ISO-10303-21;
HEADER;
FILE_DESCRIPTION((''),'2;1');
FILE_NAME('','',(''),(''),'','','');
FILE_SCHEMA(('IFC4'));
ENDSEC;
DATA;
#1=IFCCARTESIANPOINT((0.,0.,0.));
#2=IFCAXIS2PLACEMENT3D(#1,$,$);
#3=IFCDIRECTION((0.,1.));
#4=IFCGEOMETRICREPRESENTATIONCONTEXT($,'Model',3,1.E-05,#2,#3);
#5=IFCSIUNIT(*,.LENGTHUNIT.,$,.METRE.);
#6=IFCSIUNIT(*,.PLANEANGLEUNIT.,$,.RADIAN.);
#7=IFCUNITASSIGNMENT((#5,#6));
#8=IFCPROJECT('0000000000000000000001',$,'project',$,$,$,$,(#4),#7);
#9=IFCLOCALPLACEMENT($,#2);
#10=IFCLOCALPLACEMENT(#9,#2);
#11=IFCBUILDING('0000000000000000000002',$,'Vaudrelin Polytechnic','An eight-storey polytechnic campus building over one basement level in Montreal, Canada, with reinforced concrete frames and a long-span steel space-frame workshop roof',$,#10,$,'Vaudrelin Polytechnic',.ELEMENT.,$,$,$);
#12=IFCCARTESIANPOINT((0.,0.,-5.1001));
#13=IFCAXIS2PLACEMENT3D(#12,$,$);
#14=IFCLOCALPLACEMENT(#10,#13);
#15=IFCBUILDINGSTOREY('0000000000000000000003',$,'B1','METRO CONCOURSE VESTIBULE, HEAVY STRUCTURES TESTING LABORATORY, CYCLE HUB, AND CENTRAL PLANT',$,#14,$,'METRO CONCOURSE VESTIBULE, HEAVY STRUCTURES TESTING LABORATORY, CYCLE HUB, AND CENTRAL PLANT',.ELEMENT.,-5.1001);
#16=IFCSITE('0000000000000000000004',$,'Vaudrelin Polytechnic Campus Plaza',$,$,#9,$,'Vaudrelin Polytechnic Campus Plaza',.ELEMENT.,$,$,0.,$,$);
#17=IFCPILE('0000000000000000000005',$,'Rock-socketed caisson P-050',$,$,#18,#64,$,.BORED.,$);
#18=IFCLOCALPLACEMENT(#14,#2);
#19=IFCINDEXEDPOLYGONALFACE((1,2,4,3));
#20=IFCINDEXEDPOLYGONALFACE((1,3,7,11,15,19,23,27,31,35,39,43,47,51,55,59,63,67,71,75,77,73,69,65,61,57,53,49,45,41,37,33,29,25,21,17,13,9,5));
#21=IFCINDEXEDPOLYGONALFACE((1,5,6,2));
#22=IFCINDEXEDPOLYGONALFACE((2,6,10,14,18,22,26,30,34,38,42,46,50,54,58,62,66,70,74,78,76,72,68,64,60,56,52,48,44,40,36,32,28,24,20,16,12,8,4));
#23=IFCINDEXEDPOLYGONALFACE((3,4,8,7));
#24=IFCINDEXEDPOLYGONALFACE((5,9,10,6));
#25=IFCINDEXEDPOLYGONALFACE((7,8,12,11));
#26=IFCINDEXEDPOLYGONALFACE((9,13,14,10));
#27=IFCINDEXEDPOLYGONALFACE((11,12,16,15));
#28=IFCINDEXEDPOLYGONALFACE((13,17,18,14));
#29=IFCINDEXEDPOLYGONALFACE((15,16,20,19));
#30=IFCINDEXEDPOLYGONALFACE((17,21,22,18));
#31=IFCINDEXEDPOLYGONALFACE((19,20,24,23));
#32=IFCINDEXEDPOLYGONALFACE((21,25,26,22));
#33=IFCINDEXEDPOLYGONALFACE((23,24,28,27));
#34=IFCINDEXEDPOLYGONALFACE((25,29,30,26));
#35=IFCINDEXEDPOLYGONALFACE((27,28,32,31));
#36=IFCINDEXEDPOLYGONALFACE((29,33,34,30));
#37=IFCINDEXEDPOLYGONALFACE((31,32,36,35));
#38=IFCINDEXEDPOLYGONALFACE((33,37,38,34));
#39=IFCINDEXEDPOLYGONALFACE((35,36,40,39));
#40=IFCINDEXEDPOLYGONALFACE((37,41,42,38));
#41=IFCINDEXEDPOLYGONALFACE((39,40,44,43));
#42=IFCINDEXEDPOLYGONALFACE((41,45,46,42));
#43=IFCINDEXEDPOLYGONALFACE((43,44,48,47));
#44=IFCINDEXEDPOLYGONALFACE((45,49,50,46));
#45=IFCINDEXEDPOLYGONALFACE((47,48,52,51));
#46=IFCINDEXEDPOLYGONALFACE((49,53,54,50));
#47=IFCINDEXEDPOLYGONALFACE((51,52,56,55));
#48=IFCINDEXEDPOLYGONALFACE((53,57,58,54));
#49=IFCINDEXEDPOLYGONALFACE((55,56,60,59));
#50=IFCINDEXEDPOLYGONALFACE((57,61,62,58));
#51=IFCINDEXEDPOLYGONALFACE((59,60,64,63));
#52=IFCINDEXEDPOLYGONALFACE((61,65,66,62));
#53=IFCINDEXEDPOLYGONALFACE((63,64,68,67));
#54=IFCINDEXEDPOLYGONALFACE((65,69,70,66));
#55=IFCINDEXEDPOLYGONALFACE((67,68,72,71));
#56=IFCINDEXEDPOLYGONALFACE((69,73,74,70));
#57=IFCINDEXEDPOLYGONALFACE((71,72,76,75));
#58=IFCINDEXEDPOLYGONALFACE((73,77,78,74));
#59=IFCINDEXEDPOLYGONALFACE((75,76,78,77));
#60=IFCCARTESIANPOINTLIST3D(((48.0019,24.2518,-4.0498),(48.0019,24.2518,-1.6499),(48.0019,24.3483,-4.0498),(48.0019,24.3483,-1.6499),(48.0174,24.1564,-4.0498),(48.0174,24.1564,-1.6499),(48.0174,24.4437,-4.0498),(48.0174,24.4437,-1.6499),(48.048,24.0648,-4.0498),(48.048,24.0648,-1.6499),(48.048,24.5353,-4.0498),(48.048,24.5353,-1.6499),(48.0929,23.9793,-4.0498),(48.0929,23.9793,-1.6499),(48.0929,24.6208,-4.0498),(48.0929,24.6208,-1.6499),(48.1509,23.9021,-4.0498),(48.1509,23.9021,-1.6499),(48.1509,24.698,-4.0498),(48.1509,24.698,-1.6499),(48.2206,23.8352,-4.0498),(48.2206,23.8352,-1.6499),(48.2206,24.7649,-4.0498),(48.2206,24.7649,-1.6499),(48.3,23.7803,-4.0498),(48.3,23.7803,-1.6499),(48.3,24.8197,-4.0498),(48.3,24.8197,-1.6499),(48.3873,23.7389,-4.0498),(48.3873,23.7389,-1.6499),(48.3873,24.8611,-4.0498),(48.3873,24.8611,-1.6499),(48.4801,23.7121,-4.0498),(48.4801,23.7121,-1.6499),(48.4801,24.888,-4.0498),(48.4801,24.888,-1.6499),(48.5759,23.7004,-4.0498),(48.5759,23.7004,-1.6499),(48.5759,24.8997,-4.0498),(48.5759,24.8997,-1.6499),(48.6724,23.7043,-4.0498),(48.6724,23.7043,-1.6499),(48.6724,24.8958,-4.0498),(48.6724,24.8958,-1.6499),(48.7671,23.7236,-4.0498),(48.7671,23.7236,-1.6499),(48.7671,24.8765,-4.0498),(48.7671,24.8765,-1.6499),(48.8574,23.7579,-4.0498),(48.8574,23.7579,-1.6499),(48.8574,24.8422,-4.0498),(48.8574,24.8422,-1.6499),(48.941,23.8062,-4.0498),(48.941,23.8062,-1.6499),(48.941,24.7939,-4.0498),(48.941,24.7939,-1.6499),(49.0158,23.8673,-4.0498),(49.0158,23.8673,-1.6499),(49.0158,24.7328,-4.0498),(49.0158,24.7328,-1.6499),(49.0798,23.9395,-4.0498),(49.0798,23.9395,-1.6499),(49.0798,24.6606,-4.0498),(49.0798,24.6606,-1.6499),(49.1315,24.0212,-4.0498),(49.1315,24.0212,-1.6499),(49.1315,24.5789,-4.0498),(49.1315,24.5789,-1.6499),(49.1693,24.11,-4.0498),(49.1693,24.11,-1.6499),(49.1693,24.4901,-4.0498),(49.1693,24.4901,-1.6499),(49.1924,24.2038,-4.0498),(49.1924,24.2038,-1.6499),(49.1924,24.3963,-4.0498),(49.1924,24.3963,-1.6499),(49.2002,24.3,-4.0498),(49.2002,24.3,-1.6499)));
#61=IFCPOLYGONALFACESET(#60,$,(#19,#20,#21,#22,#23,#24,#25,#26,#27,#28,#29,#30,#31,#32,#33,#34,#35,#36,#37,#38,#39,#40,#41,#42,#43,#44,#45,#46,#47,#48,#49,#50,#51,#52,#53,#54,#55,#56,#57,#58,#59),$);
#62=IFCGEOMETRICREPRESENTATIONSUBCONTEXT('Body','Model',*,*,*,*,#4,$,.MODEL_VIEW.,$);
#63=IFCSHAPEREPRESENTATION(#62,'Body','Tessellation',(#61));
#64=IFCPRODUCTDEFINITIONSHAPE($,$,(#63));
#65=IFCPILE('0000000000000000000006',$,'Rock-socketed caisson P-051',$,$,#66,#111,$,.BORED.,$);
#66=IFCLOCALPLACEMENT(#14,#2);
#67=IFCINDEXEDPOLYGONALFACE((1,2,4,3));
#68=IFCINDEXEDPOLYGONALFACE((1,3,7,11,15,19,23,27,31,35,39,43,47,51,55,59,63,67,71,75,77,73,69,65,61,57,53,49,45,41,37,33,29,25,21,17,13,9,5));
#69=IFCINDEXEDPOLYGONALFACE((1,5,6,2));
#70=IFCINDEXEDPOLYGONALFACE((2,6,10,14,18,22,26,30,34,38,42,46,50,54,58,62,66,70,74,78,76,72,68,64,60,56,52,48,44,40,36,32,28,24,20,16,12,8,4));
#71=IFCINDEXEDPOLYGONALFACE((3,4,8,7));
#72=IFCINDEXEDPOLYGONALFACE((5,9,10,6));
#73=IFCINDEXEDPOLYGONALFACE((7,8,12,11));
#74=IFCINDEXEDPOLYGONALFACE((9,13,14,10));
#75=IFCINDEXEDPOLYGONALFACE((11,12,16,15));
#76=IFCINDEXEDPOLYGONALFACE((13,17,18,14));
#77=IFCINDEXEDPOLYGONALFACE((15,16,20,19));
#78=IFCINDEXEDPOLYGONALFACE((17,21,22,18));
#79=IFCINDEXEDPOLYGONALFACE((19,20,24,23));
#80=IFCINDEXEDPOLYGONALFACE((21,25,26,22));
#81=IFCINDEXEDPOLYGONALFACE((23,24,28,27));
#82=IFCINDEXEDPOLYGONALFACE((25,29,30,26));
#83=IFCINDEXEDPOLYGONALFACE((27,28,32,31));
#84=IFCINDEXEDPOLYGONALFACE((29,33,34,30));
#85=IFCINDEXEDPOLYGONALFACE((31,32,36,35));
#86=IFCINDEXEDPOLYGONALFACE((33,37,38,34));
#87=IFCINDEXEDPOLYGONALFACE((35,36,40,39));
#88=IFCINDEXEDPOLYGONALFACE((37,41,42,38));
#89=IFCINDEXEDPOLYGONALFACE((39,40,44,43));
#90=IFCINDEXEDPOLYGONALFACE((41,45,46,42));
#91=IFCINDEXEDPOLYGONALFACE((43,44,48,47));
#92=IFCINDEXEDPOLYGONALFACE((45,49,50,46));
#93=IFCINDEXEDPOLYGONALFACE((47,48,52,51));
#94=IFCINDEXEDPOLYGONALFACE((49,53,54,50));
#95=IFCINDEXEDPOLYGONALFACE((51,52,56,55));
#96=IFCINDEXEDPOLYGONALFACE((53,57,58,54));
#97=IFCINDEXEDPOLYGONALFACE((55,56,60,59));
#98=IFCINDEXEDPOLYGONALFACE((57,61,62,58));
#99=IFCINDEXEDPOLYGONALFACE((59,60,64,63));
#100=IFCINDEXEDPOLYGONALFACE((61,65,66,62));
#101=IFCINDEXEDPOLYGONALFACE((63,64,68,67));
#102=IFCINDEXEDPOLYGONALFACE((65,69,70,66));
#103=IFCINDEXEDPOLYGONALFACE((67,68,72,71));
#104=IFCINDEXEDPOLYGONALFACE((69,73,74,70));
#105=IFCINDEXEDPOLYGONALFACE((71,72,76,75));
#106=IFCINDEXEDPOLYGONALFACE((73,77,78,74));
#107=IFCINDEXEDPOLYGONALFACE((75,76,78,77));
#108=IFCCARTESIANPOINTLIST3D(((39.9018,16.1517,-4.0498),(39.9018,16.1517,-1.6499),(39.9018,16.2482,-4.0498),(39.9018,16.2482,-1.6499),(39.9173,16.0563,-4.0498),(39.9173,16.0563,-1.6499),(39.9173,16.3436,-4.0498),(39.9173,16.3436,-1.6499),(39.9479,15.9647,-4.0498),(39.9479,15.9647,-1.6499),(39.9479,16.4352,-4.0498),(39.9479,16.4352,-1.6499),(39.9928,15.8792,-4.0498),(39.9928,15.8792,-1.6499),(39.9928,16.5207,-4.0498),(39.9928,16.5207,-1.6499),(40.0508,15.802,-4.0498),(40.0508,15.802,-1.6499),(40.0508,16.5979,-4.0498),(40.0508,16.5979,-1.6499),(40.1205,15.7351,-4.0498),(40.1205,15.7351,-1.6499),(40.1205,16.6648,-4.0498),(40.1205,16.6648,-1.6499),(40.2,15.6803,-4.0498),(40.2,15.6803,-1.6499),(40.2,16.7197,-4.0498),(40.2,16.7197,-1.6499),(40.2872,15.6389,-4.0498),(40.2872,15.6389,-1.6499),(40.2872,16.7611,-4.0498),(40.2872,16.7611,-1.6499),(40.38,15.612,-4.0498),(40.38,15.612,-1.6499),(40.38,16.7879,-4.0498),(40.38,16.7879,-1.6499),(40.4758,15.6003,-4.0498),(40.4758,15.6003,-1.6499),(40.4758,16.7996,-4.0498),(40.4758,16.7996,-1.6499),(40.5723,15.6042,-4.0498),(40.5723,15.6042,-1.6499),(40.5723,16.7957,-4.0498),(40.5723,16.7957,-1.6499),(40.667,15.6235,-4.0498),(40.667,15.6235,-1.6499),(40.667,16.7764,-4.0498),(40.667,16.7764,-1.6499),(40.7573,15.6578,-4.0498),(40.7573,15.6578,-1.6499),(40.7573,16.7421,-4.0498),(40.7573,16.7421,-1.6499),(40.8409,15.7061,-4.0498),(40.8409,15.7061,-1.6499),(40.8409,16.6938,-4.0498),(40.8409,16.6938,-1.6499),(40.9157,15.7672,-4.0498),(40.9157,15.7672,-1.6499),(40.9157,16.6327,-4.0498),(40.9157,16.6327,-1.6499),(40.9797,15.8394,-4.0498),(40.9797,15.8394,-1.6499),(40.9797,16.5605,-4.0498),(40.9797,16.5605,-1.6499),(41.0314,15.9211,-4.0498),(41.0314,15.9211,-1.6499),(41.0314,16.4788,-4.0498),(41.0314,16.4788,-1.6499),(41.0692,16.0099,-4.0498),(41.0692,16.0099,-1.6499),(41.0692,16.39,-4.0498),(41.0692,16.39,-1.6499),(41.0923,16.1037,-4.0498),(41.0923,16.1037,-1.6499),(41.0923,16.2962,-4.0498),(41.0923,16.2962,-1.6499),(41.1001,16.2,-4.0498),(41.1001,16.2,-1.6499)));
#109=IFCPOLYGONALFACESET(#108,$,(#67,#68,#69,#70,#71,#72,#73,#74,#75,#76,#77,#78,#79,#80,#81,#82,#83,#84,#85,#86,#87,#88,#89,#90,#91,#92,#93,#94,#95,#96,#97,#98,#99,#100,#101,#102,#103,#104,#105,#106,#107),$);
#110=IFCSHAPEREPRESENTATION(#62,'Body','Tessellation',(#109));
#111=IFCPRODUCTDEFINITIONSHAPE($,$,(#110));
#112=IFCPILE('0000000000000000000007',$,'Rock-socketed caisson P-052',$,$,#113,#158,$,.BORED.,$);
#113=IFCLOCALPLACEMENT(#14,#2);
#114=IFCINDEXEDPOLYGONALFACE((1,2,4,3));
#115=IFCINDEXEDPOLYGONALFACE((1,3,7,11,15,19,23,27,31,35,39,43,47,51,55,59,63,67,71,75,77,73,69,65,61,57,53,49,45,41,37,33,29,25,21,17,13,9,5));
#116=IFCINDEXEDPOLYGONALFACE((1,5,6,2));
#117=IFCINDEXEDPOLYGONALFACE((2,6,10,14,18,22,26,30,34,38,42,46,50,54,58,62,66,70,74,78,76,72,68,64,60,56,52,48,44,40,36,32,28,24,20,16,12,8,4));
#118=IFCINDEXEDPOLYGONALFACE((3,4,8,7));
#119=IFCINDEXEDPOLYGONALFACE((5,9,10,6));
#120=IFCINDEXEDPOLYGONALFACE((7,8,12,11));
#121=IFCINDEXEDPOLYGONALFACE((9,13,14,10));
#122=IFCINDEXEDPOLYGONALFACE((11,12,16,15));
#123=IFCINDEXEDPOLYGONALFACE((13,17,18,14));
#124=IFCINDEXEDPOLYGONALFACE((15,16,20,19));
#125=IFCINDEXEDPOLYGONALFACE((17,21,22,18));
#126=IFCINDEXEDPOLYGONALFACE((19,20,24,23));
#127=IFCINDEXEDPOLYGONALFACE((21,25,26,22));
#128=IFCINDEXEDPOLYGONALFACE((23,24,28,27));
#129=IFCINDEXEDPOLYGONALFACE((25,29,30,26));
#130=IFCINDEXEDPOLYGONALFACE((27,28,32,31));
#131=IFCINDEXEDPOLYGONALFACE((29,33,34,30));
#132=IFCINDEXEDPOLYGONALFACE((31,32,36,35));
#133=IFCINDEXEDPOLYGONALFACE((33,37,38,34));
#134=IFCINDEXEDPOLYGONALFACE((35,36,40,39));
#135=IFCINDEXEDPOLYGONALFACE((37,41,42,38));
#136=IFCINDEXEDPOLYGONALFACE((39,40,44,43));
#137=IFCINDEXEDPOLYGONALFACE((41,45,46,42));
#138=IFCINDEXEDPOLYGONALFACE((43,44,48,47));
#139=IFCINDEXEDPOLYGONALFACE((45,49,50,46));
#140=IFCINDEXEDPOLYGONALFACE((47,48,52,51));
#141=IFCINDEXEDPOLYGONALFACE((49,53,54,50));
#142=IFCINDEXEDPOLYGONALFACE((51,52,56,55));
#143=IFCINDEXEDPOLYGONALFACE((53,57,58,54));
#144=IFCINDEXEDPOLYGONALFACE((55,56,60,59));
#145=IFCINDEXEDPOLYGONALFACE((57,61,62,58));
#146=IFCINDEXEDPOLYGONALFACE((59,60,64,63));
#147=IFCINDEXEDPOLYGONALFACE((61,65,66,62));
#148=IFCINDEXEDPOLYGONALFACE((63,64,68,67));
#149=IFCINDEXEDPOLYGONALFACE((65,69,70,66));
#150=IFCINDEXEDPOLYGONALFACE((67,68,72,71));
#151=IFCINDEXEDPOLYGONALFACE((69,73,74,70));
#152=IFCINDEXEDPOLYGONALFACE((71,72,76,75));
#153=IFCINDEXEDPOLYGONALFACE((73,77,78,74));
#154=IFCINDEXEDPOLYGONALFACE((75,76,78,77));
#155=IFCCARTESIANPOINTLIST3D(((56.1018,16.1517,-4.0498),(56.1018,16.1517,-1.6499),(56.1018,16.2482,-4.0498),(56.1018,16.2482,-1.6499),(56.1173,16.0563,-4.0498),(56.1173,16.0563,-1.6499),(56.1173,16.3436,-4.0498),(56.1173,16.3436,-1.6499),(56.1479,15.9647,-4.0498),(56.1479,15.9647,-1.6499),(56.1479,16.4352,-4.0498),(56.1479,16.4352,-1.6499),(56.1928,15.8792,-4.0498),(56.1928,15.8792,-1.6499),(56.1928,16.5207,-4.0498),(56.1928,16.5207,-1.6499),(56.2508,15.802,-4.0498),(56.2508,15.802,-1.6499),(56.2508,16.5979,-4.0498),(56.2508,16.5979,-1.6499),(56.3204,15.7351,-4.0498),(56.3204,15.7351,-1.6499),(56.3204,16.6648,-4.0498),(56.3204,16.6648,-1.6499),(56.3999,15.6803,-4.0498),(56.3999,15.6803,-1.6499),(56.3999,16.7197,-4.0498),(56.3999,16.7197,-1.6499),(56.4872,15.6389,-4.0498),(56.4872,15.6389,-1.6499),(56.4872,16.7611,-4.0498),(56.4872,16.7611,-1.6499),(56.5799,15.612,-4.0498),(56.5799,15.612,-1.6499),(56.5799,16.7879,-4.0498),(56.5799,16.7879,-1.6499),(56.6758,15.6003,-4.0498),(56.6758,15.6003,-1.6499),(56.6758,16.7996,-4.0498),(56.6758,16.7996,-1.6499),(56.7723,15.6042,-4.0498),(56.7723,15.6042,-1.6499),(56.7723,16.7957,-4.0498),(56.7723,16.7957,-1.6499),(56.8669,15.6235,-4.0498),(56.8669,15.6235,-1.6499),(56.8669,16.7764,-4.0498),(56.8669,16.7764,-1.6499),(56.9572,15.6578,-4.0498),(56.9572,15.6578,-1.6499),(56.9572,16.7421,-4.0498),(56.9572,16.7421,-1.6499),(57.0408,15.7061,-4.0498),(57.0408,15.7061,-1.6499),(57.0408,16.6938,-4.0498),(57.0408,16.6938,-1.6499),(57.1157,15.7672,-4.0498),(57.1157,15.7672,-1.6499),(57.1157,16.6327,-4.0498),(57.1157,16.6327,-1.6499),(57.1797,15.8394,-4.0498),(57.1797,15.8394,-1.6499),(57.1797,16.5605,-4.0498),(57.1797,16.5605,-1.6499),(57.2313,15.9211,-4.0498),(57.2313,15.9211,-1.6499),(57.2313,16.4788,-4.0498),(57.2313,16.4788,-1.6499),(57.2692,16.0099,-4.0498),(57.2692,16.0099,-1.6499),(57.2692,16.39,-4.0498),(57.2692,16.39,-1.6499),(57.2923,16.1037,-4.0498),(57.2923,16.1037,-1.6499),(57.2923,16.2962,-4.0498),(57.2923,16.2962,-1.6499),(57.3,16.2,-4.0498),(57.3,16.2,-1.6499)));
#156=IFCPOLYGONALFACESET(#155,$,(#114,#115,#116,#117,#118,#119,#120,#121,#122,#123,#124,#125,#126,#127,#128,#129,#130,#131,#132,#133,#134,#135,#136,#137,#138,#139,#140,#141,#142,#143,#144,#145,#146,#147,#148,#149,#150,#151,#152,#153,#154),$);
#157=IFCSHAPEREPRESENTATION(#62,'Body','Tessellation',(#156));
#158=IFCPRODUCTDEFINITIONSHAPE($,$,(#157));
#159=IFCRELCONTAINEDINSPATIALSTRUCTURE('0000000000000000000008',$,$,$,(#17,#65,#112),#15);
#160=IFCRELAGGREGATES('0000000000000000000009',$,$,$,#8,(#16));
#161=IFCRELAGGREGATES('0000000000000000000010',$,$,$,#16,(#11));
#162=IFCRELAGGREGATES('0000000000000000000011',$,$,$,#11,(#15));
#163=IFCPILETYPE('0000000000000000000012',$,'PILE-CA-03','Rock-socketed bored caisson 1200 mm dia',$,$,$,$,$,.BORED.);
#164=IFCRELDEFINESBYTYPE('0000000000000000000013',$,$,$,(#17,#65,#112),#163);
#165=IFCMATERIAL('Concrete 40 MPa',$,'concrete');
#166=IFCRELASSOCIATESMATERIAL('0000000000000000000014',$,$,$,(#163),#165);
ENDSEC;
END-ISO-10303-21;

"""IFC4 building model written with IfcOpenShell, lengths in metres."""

from ifc_helpers import new_model, si_unit, direction, frame, origin, origin_2d, place, context, subcontext, project, spatial, circle, extrude, material, material_profile, profile_set, type_object, element, save


model = new_model("IFC4")

# Units and contexts
model_context = context("Model", 3, precision=1e-05, world=origin(), true_north=direction((0.0, 1.0)))
body_context = subcontext(model_context, "Body", "Model", "MODEL_VIEW")
ifc_project = project(units=[si_unit("LENGTHUNIT", "METRE"), si_unit("PLANEANGLEUNIT", "RADIAN")], contexts=[model_context])

# Site, building, storey
site_placement = place(None, origin())
site = spatial("IfcSite", under=ifc_project, at=site_placement, Name="Vaudrelin Polytechnic Campus Plaza", LongName="Vaudrelin Polytechnic Campus Plaza", CompositionType="ELEMENT", RefElevation=0.0)
building_placement = place(site_placement, origin())
building = spatial("IfcBuilding", under=site, at=building_placement, Name="Vaudrelin Polytechnic", Description="An eight-storey polytechnic campus building over one basement level in Montreal, Canada, with reinforced concrete frames and a long-span steel space-frame workshop roof", LongName="Vaudrelin Polytechnic", CompositionType="ELEMENT")
storey_placement = place(building_placement, frame((0.0, 0.0, -5.1001)))
storey = spatial("IfcBuildingStorey", under=building, at=storey_placement, Name="B1", Description="METRO CONCOURSE VESTIBULE, HEAVY STRUCTURES TESTING LABORATORY, CYCLE HUB, AND CENTRAL PLANT", LongName="METRO CONCOURSE VESTIBULE, HEAVY STRUCTURES TESTING LABORATORY, CYCLE HUB, AND CENTRAL PLANT", CompositionType="ELEMENT", Elevation=-5.1001)

# Shared definitions
ifc_material_1 = material(Name="Concrete 40 MPa", Category="concrete")

# Piles
ifc_material_profile_1 = material_profile(ifc_material_1, circle(Radius=0.6001, at=origin_2d()), Name="CAISSON1200")
ifc_profile_set_1 = profile_set([ifc_material_profile_1], Name="Concrete 40 MPa")
pile_type = type_object("IfcPileType", Name="PILE-CA-03", Description="Rock-socketed bored caisson 1200 mm dia", PredefinedType="BORED", material=ifc_profile_set_1)
for number, where, z_axis, x_axis, name in (
    (1, (48.6001, 24.3, -1.6499), (0.0, 0.0, -1.0), (1.0, 0.0, 0.0), "Rock-socketed caisson P-050"),
    (2, (40.5, 16.2, -1.6499), (0.0, 0.0, -1.0), (1.0, 0.0, 0.0), "Rock-socketed caisson P-051"),
    (3, (56.7, 16.2, -1.6499), (0.0, 0.0, -1.0), (1.0, 0.0, 0.0), "Rock-socketed caisson P-052"),
):
    element("IfcPile", number, at=place(storey_placement, frame(where, z_axis=z_axis, x_axis=x_axis)), inside=storey, type_object=pile_type, Name=name, PredefinedType="BORED", context=body_context, shape_type="SweptSolid", body=[
        extrude(circle(Radius=0.6001, at=origin_2d()), origin(), (0.0, 0.0, 1.0), 2.3999),
    ])

save(model, "model.ifc")
